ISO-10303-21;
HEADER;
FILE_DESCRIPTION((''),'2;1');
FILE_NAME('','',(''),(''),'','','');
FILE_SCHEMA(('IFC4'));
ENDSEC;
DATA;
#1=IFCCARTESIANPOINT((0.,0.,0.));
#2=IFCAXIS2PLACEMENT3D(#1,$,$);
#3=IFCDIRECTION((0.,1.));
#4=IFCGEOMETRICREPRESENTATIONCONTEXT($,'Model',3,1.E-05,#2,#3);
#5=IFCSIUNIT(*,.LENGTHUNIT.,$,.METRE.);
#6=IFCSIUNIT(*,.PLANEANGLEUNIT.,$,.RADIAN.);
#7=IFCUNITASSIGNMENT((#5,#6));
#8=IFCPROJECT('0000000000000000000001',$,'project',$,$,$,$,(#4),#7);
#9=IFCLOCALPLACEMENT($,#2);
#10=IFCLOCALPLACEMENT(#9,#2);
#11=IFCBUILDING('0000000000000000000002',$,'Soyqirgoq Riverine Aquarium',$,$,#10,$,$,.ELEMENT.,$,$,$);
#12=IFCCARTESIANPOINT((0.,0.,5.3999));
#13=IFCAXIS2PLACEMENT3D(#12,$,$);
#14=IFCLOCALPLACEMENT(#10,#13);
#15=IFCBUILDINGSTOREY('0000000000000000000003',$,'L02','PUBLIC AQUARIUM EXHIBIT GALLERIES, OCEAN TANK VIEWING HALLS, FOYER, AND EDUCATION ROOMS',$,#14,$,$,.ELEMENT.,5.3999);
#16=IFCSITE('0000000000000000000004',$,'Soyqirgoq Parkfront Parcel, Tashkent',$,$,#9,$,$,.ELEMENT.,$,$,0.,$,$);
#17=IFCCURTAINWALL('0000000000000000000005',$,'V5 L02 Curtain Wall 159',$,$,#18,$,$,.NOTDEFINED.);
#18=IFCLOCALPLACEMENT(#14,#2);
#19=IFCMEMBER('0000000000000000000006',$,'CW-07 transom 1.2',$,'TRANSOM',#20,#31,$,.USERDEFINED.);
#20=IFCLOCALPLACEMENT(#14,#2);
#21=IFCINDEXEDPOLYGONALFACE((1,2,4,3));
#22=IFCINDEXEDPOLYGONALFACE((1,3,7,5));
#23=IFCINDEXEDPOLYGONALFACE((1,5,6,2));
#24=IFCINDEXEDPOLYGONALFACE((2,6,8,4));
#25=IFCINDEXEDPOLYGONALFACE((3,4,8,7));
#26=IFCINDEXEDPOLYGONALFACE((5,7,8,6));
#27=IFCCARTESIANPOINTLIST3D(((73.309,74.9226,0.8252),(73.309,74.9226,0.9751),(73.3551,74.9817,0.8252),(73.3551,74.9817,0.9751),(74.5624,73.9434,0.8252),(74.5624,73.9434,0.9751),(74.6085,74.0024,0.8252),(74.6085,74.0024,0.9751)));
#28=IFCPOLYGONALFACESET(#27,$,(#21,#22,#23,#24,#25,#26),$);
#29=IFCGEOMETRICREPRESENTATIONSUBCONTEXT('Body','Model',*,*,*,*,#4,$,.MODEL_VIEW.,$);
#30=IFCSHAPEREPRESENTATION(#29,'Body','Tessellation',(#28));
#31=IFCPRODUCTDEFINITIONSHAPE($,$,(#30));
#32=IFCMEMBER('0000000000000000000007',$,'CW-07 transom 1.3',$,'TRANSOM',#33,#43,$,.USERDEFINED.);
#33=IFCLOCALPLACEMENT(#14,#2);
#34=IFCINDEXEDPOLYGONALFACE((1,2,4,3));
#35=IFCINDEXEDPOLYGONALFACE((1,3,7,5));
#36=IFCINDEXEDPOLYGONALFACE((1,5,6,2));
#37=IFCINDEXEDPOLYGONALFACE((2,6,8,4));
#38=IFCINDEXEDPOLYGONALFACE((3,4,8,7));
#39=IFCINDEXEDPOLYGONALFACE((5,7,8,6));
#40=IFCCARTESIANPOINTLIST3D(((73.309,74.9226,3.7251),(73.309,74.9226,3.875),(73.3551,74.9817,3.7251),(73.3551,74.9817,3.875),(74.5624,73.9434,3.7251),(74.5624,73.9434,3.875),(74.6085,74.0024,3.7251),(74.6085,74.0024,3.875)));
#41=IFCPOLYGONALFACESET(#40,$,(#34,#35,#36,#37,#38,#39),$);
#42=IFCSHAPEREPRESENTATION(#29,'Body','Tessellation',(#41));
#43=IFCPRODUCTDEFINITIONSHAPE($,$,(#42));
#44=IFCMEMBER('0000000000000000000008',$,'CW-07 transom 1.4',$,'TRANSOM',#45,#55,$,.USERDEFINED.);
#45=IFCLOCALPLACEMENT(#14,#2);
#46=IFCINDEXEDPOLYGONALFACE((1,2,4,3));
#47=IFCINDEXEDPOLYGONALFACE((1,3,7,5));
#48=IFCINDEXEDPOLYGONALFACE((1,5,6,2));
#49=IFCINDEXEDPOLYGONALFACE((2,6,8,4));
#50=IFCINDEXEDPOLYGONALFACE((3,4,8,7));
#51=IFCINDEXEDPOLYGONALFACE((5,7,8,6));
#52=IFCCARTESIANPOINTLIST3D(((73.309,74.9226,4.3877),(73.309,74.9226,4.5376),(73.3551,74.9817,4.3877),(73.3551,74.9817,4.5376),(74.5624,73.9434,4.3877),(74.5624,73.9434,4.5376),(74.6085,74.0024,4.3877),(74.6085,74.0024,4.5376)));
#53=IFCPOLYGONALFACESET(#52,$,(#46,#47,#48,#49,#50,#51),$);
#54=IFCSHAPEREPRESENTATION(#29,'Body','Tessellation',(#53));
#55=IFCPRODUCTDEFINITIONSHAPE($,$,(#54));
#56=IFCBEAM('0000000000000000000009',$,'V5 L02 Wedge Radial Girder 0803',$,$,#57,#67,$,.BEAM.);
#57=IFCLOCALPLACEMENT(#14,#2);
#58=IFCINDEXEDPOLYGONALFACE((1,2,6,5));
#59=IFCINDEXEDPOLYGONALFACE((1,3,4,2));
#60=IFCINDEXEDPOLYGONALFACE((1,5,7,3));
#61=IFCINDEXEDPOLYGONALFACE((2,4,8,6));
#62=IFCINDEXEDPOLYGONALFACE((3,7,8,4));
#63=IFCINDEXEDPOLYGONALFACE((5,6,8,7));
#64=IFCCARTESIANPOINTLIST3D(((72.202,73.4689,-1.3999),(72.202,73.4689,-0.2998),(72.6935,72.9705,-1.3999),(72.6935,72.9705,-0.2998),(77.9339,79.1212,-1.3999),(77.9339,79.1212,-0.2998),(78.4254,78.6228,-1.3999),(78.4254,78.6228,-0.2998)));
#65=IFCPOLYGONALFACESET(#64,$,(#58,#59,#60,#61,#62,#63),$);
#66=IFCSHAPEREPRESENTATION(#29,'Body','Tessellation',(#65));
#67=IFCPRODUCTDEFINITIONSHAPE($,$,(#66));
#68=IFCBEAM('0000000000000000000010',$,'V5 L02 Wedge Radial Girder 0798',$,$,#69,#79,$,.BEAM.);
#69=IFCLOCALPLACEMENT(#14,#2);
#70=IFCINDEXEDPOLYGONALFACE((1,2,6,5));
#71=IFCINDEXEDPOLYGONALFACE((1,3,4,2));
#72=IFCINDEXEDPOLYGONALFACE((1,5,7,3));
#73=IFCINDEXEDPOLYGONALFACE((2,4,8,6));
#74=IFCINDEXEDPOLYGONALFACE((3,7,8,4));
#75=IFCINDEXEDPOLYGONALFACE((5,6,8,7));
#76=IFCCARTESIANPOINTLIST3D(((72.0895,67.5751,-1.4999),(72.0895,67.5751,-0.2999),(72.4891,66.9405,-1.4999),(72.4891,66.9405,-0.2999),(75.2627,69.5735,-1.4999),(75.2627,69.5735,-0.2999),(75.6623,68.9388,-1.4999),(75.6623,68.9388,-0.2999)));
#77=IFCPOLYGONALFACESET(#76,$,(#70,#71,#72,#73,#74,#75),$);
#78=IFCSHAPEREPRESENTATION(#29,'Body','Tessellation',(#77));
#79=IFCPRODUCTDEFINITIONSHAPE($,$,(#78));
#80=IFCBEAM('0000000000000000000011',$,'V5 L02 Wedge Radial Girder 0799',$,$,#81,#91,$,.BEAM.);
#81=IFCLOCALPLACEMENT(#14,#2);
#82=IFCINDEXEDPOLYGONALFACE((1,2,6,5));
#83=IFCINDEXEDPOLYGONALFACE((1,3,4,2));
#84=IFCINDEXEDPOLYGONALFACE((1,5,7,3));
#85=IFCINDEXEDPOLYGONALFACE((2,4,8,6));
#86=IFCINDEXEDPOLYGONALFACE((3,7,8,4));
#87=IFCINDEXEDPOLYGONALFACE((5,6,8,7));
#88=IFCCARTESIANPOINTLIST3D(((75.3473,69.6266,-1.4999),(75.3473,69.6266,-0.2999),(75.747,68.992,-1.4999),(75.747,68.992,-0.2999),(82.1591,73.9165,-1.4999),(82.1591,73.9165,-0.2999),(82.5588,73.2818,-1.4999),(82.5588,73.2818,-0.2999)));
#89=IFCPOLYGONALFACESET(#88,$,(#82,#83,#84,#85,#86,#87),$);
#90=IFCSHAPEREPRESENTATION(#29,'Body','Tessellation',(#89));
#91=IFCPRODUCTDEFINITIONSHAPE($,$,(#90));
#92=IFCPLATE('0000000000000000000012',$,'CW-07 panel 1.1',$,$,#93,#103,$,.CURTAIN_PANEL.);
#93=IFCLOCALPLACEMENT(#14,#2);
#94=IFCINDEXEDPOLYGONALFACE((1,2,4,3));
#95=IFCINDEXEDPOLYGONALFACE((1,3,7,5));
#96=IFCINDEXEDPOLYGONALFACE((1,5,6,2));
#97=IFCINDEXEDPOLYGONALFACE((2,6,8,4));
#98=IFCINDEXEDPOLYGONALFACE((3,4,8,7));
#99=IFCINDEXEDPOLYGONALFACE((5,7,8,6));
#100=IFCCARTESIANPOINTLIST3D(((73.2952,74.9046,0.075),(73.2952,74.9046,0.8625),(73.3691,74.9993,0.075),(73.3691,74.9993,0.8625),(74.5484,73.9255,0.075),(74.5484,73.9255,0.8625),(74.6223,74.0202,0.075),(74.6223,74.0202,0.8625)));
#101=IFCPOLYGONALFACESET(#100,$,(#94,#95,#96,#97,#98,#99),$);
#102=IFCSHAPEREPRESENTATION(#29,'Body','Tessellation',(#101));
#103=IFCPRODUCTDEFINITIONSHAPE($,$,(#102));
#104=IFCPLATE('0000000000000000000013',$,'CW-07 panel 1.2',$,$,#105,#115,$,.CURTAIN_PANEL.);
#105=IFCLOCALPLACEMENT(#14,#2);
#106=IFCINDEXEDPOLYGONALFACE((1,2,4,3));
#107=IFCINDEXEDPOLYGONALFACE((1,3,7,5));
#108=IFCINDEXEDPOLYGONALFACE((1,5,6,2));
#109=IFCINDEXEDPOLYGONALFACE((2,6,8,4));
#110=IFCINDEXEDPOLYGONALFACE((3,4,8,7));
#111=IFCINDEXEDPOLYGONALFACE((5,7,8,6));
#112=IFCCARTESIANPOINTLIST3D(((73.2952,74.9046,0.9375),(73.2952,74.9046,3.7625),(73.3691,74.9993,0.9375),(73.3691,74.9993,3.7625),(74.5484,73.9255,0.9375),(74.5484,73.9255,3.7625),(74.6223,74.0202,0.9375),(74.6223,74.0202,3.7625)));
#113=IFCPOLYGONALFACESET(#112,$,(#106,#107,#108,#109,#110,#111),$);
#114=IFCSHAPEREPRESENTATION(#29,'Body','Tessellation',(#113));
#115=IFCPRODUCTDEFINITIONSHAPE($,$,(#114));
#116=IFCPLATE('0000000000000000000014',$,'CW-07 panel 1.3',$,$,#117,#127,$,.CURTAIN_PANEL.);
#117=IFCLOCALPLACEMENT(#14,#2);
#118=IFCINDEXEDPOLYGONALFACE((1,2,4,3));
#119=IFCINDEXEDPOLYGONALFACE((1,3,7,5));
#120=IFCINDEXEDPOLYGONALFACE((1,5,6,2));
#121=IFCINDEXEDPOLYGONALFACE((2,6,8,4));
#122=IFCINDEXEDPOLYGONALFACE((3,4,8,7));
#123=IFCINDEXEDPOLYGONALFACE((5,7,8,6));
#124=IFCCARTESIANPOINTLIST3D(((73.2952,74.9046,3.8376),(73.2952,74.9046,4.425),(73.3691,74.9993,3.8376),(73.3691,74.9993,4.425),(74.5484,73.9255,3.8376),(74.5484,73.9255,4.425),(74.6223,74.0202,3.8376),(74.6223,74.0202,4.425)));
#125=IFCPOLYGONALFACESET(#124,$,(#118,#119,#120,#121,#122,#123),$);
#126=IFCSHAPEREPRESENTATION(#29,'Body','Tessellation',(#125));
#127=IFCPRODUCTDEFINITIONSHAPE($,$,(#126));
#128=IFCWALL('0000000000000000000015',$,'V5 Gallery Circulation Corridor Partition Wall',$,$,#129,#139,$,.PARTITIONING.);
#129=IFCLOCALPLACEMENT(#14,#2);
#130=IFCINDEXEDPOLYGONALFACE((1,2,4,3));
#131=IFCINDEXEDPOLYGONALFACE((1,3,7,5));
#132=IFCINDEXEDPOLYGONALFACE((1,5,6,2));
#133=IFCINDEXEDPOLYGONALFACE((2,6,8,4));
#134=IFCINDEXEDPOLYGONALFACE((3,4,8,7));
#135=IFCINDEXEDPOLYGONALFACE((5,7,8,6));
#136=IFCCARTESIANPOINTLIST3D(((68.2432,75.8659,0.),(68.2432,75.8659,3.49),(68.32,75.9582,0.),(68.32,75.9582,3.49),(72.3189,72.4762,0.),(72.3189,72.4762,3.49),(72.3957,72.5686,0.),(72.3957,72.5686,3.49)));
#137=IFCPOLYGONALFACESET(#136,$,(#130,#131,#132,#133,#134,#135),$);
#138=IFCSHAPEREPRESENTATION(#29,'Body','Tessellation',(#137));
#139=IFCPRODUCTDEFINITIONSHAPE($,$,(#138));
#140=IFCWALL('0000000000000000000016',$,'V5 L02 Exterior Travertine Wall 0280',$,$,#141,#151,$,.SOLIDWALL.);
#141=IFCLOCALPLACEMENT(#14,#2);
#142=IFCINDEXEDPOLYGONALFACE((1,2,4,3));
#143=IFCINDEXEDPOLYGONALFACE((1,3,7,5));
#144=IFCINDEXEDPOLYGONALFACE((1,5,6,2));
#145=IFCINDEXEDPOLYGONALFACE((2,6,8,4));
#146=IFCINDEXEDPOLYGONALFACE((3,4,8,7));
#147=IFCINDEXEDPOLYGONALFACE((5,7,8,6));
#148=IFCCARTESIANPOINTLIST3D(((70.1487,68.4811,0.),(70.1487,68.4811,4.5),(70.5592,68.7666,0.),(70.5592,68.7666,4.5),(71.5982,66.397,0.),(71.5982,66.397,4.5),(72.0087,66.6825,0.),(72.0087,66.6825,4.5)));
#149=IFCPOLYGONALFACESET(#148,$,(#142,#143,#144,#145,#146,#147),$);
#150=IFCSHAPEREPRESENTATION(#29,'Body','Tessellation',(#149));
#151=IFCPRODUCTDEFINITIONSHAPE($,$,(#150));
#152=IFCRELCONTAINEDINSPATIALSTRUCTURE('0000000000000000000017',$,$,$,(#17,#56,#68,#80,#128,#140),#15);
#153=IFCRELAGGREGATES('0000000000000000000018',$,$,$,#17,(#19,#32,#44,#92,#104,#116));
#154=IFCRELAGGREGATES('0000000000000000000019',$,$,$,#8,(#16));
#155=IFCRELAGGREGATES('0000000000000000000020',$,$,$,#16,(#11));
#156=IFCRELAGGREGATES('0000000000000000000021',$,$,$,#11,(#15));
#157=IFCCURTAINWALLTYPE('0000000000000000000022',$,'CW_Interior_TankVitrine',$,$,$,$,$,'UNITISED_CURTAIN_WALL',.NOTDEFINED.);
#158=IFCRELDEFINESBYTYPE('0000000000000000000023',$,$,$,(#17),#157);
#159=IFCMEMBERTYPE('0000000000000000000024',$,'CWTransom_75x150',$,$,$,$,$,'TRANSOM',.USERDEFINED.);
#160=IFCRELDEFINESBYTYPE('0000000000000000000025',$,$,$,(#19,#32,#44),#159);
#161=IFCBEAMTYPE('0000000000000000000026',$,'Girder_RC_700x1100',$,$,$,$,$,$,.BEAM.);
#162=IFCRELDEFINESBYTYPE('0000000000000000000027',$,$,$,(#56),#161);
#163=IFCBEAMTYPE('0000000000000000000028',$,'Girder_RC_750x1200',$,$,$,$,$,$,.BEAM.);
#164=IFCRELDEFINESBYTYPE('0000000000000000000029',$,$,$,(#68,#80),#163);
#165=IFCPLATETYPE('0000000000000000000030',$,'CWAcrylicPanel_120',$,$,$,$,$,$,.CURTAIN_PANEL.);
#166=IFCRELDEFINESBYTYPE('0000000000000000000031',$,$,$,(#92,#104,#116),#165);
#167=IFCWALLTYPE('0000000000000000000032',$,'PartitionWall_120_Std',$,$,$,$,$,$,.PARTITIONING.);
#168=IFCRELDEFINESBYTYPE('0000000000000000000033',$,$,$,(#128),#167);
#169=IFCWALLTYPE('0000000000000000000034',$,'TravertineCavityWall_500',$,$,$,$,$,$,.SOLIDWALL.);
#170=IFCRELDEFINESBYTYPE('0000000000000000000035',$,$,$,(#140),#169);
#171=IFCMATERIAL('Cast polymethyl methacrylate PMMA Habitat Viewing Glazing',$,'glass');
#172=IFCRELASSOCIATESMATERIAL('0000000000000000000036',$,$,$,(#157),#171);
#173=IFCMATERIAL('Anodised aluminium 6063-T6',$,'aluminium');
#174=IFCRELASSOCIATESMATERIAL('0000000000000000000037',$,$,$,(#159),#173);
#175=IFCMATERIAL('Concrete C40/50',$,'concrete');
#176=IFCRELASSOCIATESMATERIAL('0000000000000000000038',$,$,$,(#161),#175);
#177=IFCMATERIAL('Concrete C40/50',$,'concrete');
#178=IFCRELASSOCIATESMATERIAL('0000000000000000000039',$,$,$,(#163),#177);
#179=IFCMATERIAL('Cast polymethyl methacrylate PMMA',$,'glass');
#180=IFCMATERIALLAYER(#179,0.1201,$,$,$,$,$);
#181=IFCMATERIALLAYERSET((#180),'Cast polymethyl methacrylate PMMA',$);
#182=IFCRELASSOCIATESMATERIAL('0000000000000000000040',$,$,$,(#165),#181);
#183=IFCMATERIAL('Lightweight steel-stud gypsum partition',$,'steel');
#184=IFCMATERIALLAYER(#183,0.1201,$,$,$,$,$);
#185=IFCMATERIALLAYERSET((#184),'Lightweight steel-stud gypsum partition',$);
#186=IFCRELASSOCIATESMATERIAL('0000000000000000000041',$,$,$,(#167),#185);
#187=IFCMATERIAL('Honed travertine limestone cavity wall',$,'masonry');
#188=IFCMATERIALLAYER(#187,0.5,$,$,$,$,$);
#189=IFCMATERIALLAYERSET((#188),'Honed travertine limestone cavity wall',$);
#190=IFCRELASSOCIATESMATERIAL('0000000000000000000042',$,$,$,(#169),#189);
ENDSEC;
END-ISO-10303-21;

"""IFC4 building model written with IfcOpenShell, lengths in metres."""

from ifc_helpers import new_model, si_unit, direction, frame, frame_2d, origin, origin_2d, place, context, subcontext, project, spatial, rectangle, extrude, material, layer, layer_set, material_profile, profile_set, type_object, element, aggregate, save


model = new_model("IFC4")

# Units and contexts
model_context = context("Model", 3, precision=1e-05, world=origin(), true_north=direction((0.0, 1.0)))
body_context = subcontext(model_context, "Body", "Model", "MODEL_VIEW")
ifc_project = project(units=[si_unit("LENGTHUNIT", "METRE"), si_unit("PLANEANGLEUNIT", "RADIAN")], contexts=[model_context])

# Site, building, storey
site_placement = place(None, origin())
site = spatial("IfcSite", under=ifc_project, at=site_placement, Name="Soyqirgoq Parkfront Parcel, Tashkent", CompositionType="ELEMENT", RefElevation=0.0)
building_placement = place(site_placement, origin())
building = spatial("IfcBuilding", under=site, at=building_placement, Name="Soyqirgoq Riverine Aquarium", CompositionType="ELEMENT")
storey_placement = place(building_placement, frame((0.0, 0.0, 5.3999)))
storey = spatial("IfcBuildingStorey", under=building, at=storey_placement, Name="L02", Description="PUBLIC AQUARIUM EXHIBIT GALLERIES, OCEAN TANK VIEWING HALLS, FOYER, AND EDUCATION ROOMS", CompositionType="ELEMENT", Elevation=5.3999)

# Curtain wall, members
ifc_material_1 = material(Name="Cast polymethyl methacrylate PMMA Habitat Viewing Glazing", Category="glass")
curtain_wall_type = type_object("IfcCurtainWallType", Name="CW_Interior_TankVitrine", ElementType="UNITISED_CURTAIN_WALL", PredefinedType="NOTDEFINED", material=ifc_material_1)
curtain_wall_placement = place(storey_placement, origin())
curtain_wall = element("IfcCurtainWall", 1, at=curtain_wall_placement, inside=storey, type_object=curtain_wall_type, Name="V5 L02 Curtain Wall 159", PredefinedType="NOTDEFINED")
ifc_material_2 = material(Name="Anodised aluminium 6063-T6", Category="aluminium")
ifc_material_profile_1 = material_profile(ifc_material_2, rectangle(XDim=0.075, YDim=0.1499, at=origin_2d()), Name="ALU-T 75x150")
ifc_profile_set_1 = profile_set([ifc_material_profile_1], Name="Anodised aluminium 6063-T6")
member_type_1 = type_object("IfcMemberType", Name="CWTransom_75x150", ElementType="TRANSOM", PredefinedType="USERDEFINED", material=ifc_profile_set_1)
member_1_placement = place(storey_placement, frame((74.5854, 73.9729, 0.9001), z_axis=(-0.78802, 0.61565, 0.0), x_axis=(-0.61565, -0.78802, 0.0)))
member_1 = element("IfcMember", 2, at=member_1_placement, type_object=member_type_1, Name="CW-07 transom 1.2", ObjectType="TRANSOM", PredefinedType="USERDEFINED", context=body_context, shape_type="SweptSolid", body=[
    extrude(rectangle(XDim=0.075, YDim=0.1499, at=origin_2d()), origin(), (0.0, 0.0, 1.0), 1.5906),
])
member_2_placement = place(storey_placement, frame((74.5854, 73.9729, 3.8), z_axis=(-0.78802, 0.61565, 0.0), x_axis=(-0.61565, -0.78802, 0.0)))
member_2 = element("IfcMember", 3, at=member_2_placement, type_object=member_type_1, Name="CW-07 transom 1.3", ObjectType="TRANSOM", PredefinedType="USERDEFINED", context=body_context, shape_type="SweptSolid", body=[
    extrude(rectangle(XDim=0.075, YDim=0.1499, at=origin_2d()), origin(), (0.0, 0.0, 1.0), 1.5906),
])
member_3_placement = place(storey_placement, frame((74.5854, 73.9729, 4.4626), z_axis=(-0.78802, 0.61565, 0.0), x_axis=(-0.61565, -0.78802, 0.0)))
member_3 = element("IfcMember", 4, at=member_3_placement, type_object=member_type_1, Name="CW-07 transom 1.4", ObjectType="TRANSOM", PredefinedType="USERDEFINED", context=body_context, shape_type="SweptSolid", body=[
    extrude(rectangle(XDim=0.075, YDim=0.1499, at=origin_2d()), origin(), (0.0, 0.0, 1.0), 1.5906),
])

# Beams
ifc_material_3 = material(Name="Concrete C40/50", Category="concrete")
ifc_material_profile_2 = material_profile(ifc_material_3, rectangle(XDim=0.7, YDim=1.1001, at=origin_2d()), Name="RC 700x1100")
ifc_profile_set_2 = profile_set([ifc_material_profile_2], Name="Concrete C40/50")
beam_type_1 = type_object("IfcBeamType", Name="Girder_RC_700x1100", PredefinedType="BEAM", material=ifc_profile_set_2)
beam_1_placement = place(storey_placement, frame((72.4478, 73.2197, -0.8499), z_axis=(0.712033, 0.702146, 0.0), x_axis=(-0.702146, 0.712033, 0.0)))
element("IfcBeam", 5, at=beam_1_placement, inside=storey, type_object=beam_type_1, Name="V5 L02 Wedge Radial Girder 0803", PredefinedType="BEAM", context=body_context, shape_type="SweptSolid", body=[
    extrude(rectangle(XDim=0.7, YDim=1.1001, at=origin_2d()), origin(), (0.0, 0.0, 1.0), 8.05),
])
ifc_material_4 = material(Name="Concrete C40/50", Category="concrete")
ifc_material_profile_3 = material_profile(ifc_material_4, rectangle(XDim=0.75, YDim=1.2, at=origin_2d()), Name="RC 750x1200")
ifc_profile_set_3 = profile_set([ifc_material_profile_3], Name="Concrete C40/50")
beam_type_2 = type_object("IfcBeamType", Name="Girder_RC_750x1200", PredefinedType="BEAM", material=ifc_profile_set_3)
beam_2_placement = place(storey_placement, frame((72.2893, 67.2578, -0.8999), z_axis=(0.846183, 0.532893, 0.0), x_axis=(-0.532893, 0.846183, 0.0)))
element("IfcBeam", 6, at=beam_2_placement, inside=storey, type_object=beam_type_2, Name="V5 L02 Wedge Radial Girder 0798", PredefinedType="BEAM", context=body_context, shape_type="SweptSolid", body=[
    extrude(rectangle(XDim=0.75, YDim=1.2, at=origin_2d()), origin(), (0.0, 0.0, 1.0), 3.75),
])
beam_3_placement = place(storey_placement, frame((75.5471, 69.3093, -0.8999), z_axis=(0.846182, 0.532894, 0.0), x_axis=(-0.532894, 0.846182, 0.0)))
element("IfcBeam", 7, at=beam_3_placement, inside=storey, type_object=beam_type_2, Name="V5 L02 Wedge Radial Girder 0799", PredefinedType="BEAM", context=body_context, shape_type="SweptSolid", body=[
    extrude(rectangle(XDim=0.75, YDim=1.2, at=origin_2d()), origin(), (0.0, 0.0, 1.0), 8.05),
])

# Plates
ifc_material_5 = material(Name="Cast polymethyl methacrylate PMMA", Category="glass")
ifc_layer_1 = layer(ifc_material_5, 0.1201)
ifc_layer_set_1 = layer_set([ifc_layer_1], Name="Cast polymethyl methacrylate PMMA")
plate_type = type_object("IfcPlateType", Name="CWAcrylicPanel_120", PredefinedType="CURTAIN_PANEL", material=ifc_layer_set_1)
plate_1_placement = place(storey_placement, frame((73.9587, 74.4624, 0.075), z_axis=(0.0, 0.0, 1.0), x_axis=(-0.788011, 0.615661, 0.0)))
plate_1 = element("IfcPlate", 8, at=plate_1_placement, type_object=plate_type, Name="CW-07 panel 1.1", PredefinedType="CURTAIN_PANEL", context=body_context, shape_type="SweptSolid", body=[
    extrude(rectangle(XDim=1.5903, YDim=0.1201, at=origin_2d()), origin(), (0.0, 0.0, 1.0), 0.7876),
])
plate_2_placement = place(storey_placement, frame((73.9587, 74.4624, 0.9375), z_axis=(0.0, 0.0, 1.0), x_axis=(-0.788011, 0.615661, 0.0)))
plate_2 = element("IfcPlate", 9, at=plate_2_placement, type_object=plate_type, Name="CW-07 panel 1.2", PredefinedType="CURTAIN_PANEL", context=body_context, shape_type="SweptSolid", body=[
    extrude(rectangle(XDim=1.5903, YDim=0.1201, at=origin_2d()), origin(), (0.0, 0.0, 1.0), 2.825),
])
plate_3_placement = place(storey_placement, frame((73.9587, 74.4624, 3.8376), z_axis=(0.0, 0.0, 1.0), x_axis=(-0.788011, 0.615661, 0.0)))
plate_3 = element("IfcPlate", 10, at=plate_3_placement, type_object=plate_type, Name="CW-07 panel 1.3", PredefinedType="CURTAIN_PANEL", context=body_context, shape_type="SweptSolid", body=[
    extrude(rectangle(XDim=1.5903, YDim=0.1201, at=origin_2d()), origin(), (0.0, 0.0, 1.0), 0.5874),
])
aggregate(curtain_wall, [member_1, member_2, member_3, plate_1, plate_2, plate_3])

# Walls
ifc_material_6 = material(Name="Lightweight steel-stud gypsum partition", Category="steel")
ifc_layer_2 = layer(ifc_material_6, 0.1201)
ifc_layer_set_2 = layer_set([ifc_layer_2], Name="Lightweight steel-stud gypsum partition")
wall_type_1 = type_object("IfcWallType", Name="PartitionWall_120_Std", PredefinedType="PARTITIONING", material=ifc_layer_set_2)
wall_1_placement = place(storey_placement, frame((72.3572, 72.5225, 0.0), z_axis=(0.0, 0.0, 1.0), x_axis=(-0.768848, 0.639432, 0.0)))
element("IfcWall", 11, at=wall_1_placement, inside=storey, type_object=wall_type_1, Name="V5 Gallery Circulation Corridor Partition Wall", PredefinedType="PARTITIONING", context=body_context, shape_type="SweptSolid", body=[
    extrude(rectangle(XDim=5.301, YDim=0.1201, at=frame_2d((2.6504, 0.0))), origin(), (0.0, 0.0, 1.0), 3.49),
])
ifc_material_7 = material(Name="Honed travertine limestone cavity wall", Category="masonry")
ifc_layer_3 = layer(ifc_material_7, 0.5)
ifc_layer_set_3 = layer_set([ifc_layer_3], Name="Honed travertine limestone cavity wall")
wall_type_2 = type_object("IfcWallType", Name="TravertineCavityWall_500", PredefinedType="SOLIDWALL", material=ifc_layer_set_3)
wall_2_placement = place(storey_placement, frame((71.8035, 66.5398, 0.0), z_axis=(0.0, 0.0, 1.0), x_axis=(-0.570994, 0.820954, 0.0)))
element("IfcWall", 12, at=wall_2_placement, inside=storey, type_object=wall_type_2, Name="V5 L02 Exterior Travertine Wall 0280", PredefinedType="SOLIDWALL", context=body_context, shape_type="SweptSolid", body=[
    extrude(rectangle(XDim=2.5386, YDim=0.5, at=frame_2d((1.2693, 0.0))), origin(), (0.0, 0.0, 1.0), 4.5),
])

save(model, "model.ifc")
